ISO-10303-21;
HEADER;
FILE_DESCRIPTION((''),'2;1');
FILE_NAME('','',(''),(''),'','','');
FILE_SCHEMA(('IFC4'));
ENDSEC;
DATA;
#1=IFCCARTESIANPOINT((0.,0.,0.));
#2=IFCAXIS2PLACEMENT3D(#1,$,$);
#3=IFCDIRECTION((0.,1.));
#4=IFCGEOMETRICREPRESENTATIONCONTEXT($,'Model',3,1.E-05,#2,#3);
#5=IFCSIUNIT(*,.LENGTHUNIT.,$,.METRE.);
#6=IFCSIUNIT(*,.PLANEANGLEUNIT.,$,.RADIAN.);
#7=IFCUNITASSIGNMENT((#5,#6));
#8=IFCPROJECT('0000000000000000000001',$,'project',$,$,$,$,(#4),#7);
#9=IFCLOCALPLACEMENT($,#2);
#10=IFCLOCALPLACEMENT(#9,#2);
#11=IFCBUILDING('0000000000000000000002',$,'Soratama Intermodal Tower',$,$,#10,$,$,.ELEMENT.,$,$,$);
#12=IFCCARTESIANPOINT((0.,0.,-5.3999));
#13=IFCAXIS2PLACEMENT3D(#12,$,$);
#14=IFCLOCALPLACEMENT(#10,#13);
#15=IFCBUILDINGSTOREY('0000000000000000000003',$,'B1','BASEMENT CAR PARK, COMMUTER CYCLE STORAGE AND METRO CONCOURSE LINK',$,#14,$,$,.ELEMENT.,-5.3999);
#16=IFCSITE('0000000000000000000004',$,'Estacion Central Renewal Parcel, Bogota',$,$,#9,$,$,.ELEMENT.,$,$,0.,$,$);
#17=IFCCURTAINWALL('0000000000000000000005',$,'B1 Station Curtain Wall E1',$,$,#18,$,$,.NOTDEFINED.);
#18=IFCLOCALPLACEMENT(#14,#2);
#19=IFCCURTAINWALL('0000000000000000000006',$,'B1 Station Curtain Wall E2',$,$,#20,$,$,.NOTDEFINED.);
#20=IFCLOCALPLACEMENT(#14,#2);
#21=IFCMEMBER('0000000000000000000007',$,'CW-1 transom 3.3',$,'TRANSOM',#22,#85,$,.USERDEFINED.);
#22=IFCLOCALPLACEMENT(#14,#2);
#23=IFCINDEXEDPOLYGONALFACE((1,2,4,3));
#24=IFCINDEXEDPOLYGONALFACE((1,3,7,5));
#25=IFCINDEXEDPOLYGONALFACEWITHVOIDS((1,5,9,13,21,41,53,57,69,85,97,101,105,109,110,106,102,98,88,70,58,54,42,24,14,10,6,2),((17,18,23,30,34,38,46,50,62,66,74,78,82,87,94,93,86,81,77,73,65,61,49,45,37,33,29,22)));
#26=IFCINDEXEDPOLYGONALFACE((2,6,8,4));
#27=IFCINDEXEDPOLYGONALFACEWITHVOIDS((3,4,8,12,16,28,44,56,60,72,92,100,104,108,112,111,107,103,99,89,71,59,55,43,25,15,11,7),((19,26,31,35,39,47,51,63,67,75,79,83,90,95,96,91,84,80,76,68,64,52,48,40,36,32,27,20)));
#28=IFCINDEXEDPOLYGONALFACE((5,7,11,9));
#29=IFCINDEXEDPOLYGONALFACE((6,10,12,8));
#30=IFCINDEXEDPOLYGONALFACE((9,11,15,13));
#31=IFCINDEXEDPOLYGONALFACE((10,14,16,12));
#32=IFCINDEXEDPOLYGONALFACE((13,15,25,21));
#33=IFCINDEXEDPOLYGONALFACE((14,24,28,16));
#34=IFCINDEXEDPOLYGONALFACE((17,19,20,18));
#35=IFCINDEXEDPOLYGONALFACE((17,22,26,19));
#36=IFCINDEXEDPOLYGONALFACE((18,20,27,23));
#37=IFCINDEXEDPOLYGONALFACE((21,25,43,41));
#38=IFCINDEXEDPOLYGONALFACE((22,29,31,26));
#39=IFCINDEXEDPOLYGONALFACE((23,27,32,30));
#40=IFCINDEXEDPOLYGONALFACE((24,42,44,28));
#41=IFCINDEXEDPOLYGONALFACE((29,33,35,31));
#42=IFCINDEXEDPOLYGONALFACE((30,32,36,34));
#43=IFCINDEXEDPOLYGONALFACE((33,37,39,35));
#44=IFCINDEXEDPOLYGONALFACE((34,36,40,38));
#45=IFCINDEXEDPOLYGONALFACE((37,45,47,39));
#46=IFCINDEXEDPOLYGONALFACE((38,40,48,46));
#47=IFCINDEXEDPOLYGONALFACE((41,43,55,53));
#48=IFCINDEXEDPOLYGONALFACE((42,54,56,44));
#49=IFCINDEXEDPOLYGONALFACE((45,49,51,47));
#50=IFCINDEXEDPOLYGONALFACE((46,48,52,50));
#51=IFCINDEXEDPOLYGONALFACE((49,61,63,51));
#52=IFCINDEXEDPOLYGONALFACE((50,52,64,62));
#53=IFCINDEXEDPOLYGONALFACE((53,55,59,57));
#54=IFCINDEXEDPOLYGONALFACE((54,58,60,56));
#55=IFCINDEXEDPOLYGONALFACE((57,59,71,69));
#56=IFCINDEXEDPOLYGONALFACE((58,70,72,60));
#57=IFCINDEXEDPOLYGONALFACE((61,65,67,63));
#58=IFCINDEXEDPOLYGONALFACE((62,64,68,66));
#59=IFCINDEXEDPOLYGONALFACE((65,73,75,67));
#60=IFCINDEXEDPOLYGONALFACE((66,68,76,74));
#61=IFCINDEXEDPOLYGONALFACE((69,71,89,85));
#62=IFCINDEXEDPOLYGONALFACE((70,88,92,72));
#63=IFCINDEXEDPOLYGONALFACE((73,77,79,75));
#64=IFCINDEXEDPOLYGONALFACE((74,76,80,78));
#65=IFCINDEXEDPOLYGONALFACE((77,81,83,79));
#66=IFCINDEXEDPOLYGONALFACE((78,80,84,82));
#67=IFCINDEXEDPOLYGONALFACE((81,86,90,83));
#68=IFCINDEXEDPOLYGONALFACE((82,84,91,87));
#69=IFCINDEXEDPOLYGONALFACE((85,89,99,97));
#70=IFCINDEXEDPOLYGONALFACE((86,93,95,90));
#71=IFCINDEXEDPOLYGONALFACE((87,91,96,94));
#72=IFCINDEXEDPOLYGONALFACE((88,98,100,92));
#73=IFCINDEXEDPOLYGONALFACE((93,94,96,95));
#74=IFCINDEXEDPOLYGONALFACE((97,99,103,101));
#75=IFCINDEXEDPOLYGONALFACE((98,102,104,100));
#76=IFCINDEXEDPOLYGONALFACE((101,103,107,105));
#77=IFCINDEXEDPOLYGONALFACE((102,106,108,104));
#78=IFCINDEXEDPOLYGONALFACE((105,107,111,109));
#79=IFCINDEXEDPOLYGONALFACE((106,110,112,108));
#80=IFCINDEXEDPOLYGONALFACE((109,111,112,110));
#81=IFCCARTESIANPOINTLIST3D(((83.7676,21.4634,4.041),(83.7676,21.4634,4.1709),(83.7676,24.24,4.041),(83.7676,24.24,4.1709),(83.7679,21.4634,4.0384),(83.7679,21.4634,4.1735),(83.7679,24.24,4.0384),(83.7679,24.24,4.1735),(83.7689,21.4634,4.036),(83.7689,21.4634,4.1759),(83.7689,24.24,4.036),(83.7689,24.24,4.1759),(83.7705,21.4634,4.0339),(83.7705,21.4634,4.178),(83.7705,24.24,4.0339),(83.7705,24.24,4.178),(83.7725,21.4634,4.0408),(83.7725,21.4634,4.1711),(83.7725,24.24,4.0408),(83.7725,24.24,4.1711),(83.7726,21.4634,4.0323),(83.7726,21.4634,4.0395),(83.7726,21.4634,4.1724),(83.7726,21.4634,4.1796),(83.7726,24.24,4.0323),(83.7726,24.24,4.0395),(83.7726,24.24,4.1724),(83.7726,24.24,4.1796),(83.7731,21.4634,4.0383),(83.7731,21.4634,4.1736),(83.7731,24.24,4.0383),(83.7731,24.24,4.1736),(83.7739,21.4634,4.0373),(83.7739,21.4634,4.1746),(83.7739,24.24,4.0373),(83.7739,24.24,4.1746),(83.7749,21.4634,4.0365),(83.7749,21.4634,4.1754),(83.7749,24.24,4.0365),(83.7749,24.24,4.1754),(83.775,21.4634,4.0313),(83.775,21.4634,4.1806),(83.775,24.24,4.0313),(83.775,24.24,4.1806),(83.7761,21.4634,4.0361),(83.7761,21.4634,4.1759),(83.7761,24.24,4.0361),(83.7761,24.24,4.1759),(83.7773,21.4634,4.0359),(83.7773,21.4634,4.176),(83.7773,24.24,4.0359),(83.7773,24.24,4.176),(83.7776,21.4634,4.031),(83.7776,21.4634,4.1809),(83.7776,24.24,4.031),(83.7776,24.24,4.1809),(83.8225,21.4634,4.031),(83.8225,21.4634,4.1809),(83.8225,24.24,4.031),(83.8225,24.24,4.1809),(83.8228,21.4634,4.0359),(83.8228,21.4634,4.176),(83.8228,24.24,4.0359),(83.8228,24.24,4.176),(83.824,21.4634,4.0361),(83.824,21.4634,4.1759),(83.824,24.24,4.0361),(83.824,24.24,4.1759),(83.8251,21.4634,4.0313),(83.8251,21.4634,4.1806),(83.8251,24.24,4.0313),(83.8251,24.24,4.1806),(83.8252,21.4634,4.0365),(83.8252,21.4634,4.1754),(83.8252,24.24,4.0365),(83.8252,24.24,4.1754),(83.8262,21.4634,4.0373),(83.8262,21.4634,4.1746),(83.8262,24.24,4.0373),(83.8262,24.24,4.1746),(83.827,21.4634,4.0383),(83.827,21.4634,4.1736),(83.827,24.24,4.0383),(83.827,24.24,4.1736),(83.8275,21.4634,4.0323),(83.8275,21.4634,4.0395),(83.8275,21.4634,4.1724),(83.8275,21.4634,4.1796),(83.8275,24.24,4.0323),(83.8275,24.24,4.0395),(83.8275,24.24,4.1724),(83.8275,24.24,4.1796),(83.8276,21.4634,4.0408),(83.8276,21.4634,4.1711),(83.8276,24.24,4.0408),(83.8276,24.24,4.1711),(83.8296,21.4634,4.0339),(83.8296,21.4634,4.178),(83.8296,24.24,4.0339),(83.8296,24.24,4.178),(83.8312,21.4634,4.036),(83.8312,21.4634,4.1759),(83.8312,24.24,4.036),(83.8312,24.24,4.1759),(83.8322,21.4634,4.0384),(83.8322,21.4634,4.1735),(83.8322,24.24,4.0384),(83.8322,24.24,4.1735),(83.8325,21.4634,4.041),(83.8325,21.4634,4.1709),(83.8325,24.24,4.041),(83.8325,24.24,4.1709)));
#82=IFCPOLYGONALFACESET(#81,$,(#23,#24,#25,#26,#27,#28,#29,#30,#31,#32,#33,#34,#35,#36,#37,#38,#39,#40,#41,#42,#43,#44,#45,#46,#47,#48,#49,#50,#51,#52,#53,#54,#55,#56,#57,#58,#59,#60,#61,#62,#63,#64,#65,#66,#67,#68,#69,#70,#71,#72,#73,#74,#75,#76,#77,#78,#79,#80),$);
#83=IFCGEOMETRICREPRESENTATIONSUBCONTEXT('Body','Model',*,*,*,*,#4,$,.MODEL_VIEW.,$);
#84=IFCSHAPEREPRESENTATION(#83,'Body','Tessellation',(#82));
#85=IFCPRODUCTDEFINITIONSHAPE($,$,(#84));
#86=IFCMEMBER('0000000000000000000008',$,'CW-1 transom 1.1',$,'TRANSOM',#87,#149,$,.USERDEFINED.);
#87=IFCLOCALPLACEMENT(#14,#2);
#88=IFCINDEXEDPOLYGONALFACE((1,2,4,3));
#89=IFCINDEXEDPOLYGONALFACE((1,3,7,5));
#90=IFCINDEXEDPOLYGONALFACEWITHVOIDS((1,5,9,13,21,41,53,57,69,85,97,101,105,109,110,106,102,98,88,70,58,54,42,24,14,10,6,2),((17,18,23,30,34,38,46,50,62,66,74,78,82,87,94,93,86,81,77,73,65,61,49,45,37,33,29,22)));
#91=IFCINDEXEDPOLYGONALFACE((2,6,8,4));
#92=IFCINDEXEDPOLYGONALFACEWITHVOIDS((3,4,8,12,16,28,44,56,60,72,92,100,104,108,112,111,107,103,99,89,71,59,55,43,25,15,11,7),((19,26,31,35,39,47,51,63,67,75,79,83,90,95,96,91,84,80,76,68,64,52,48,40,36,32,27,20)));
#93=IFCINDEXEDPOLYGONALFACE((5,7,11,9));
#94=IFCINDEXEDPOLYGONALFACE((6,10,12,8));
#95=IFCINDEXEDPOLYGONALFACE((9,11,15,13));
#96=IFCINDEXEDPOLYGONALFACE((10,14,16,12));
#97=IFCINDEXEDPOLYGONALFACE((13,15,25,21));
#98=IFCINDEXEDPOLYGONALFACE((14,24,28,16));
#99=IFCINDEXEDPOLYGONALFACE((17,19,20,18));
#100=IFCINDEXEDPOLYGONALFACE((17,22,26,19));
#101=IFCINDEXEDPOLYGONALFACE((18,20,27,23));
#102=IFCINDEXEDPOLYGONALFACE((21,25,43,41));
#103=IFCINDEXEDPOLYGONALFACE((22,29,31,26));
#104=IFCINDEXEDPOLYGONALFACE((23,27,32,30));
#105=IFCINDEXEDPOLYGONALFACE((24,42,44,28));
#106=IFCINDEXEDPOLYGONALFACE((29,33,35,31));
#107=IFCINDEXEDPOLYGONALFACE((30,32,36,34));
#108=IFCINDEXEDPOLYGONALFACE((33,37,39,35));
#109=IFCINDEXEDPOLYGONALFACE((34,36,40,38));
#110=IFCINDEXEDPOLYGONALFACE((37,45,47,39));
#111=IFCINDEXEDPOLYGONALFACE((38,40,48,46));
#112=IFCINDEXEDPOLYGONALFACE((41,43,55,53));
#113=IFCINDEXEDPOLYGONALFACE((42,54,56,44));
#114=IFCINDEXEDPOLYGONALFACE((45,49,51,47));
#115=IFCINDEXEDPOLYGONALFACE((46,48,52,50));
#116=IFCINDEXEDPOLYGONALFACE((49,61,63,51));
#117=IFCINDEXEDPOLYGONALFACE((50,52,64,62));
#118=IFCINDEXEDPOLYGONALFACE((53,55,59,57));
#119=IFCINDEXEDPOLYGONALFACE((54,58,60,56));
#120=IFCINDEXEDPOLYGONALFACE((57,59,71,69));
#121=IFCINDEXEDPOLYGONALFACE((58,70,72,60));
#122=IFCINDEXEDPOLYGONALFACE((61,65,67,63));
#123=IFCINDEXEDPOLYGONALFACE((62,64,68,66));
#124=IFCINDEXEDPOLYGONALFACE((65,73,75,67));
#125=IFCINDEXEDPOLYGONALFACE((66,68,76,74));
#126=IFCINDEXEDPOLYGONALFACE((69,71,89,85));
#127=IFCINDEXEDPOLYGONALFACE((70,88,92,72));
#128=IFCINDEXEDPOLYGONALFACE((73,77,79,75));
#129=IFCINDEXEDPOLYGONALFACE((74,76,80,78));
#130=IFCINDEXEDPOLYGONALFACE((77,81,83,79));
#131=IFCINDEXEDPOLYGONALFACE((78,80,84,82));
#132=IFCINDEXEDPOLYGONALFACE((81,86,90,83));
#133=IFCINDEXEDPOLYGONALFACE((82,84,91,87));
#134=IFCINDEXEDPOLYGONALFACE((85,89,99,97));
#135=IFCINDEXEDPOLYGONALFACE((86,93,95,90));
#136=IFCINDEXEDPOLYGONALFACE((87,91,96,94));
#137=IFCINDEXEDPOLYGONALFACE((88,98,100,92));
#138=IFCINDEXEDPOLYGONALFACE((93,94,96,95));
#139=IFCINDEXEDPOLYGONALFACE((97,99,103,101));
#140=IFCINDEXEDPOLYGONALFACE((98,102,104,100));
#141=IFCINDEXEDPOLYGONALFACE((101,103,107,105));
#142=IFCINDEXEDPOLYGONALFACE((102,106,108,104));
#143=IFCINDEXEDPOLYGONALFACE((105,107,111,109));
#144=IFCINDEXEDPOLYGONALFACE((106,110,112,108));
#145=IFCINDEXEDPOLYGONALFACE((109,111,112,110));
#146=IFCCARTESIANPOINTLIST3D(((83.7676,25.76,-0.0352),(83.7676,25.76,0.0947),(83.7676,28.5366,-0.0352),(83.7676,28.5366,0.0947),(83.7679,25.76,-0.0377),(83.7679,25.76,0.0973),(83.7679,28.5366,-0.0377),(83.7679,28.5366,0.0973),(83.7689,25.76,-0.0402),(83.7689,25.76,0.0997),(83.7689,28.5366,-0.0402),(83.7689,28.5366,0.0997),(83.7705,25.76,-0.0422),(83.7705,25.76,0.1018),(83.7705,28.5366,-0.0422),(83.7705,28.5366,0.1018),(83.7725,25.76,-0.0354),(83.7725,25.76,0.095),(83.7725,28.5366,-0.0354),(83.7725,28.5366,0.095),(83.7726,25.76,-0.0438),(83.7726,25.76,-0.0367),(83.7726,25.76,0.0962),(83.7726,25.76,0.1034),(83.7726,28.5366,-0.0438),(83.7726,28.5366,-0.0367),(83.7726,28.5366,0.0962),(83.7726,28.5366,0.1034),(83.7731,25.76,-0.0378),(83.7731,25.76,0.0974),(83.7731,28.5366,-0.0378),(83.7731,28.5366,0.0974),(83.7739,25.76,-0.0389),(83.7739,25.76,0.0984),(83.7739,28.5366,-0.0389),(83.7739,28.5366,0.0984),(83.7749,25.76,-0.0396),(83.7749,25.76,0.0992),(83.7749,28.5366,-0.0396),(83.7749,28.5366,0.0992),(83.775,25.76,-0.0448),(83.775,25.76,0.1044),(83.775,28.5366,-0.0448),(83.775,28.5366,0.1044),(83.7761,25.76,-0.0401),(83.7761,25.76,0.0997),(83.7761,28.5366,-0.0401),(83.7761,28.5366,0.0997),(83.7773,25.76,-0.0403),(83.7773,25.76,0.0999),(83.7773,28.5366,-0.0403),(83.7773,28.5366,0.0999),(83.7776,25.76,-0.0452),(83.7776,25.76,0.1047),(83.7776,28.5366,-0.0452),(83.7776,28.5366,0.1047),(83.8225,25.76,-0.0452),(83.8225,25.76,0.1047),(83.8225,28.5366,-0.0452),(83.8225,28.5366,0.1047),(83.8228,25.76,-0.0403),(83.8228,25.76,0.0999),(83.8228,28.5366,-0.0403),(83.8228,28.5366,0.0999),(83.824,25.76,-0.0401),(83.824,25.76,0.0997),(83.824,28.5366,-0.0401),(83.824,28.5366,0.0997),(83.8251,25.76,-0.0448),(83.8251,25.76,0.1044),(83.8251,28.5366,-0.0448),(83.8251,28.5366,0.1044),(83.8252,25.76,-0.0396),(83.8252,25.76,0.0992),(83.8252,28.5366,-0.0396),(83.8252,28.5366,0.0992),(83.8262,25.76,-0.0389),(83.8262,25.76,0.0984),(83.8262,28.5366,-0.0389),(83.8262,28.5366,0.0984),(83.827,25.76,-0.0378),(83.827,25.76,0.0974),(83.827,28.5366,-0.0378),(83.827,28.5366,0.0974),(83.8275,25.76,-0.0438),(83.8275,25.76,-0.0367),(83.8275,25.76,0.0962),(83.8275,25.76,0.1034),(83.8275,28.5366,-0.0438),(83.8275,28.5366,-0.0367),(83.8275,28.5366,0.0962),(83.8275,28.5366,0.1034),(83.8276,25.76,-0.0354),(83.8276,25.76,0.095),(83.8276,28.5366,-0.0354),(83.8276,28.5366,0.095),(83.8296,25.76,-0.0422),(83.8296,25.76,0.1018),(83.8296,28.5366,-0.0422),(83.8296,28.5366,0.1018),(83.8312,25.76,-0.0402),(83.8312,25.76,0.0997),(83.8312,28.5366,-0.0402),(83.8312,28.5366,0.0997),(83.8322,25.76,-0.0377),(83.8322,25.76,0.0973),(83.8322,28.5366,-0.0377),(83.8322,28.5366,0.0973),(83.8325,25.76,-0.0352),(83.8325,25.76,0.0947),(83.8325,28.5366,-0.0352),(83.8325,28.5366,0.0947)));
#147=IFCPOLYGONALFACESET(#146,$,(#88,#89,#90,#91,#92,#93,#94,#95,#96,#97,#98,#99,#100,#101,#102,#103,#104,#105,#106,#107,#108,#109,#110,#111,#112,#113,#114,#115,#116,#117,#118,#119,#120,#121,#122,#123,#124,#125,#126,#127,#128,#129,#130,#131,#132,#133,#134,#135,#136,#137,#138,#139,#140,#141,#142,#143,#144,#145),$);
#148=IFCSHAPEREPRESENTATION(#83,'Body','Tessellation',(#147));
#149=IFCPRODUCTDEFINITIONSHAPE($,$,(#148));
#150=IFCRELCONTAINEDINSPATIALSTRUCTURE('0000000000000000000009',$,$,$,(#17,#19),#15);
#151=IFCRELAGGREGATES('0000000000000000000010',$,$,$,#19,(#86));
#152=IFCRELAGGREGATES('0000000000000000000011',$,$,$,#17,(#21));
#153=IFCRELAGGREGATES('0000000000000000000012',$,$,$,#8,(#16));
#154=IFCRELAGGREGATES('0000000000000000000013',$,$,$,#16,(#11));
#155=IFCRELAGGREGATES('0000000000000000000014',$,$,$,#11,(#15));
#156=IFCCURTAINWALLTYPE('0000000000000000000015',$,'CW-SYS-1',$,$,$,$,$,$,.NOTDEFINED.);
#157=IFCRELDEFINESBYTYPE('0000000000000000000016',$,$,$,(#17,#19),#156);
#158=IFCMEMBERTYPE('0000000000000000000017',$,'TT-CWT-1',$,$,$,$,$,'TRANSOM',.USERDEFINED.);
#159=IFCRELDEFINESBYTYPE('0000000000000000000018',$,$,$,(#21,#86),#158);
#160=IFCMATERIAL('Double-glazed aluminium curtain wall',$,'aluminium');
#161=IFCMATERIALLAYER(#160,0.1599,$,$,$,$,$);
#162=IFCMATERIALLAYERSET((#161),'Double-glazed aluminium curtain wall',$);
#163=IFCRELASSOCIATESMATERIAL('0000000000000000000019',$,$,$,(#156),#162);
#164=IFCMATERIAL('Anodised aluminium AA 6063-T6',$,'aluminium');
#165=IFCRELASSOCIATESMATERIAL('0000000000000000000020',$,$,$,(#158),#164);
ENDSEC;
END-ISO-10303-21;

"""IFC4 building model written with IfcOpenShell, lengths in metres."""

from ifc_helpers import new_model, si_unit, direction, frame, origin, origin_2d, place, context, subcontext, project, spatial, hollow_rectangle, extrude, material, layer, layer_set, material_profile, profile_set, type_object, element, aggregate, save


model = new_model("IFC4")

# Units and contexts
model_context = context("Model", 3, precision=1e-05, world=origin(), true_north=direction((0.0, 1.0)))
body_context = subcontext(model_context, "Body", "Model", "MODEL_VIEW")
ifc_project = project(units=[si_unit("LENGTHUNIT", "METRE"), si_unit("PLANEANGLEUNIT", "RADIAN")], contexts=[model_context])

# Site, building, storey
site_placement = place(None, origin())
site = spatial("IfcSite", under=ifc_project, at=site_placement, Name="Estacion Central Renewal Parcel, Bogota", CompositionType="ELEMENT", RefElevation=0.0)
building_placement = place(site_placement, origin())
building = spatial("IfcBuilding", under=site, at=building_placement, Name="Soratama Intermodal Tower", CompositionType="ELEMENT")
storey_placement = place(building_placement, frame((0.0, 0.0, -5.3999)))
storey = spatial("IfcBuildingStorey", under=building, at=storey_placement, Name="B1", Description="BASEMENT CAR PARK, COMMUTER CYCLE STORAGE AND METRO CONCOURSE LINK", CompositionType="ELEMENT", Elevation=-5.3999)

# Curtain wall
ifc_material_1 = material(Name="Double-glazed aluminium curtain wall", Category="aluminium")
ifc_layer_1 = layer(ifc_material_1, 0.1599)
ifc_layer_set_1 = layer_set([ifc_layer_1], Name="Double-glazed aluminium curtain wall")
curtain_wall_type = type_object("IfcCurtainWallType", Name="CW-SYS-1", PredefinedType="NOTDEFINED", material=ifc_layer_set_1)
curtain_wall_1_placement = place(storey_placement, origin())
curtain_wall_1 = element("IfcCurtainWall", 1, at=curtain_wall_1_placement, inside=storey, type_object=curtain_wall_type, Name="B1 Station Curtain Wall E1", PredefinedType="NOTDEFINED")

# Curtain wall
curtain_wall_2_placement = place(storey_placement, origin())
curtain_wall_2 = element("IfcCurtainWall", 2, at=curtain_wall_2_placement, inside=storey, type_object=curtain_wall_type, Name="B1 Station Curtain Wall E2", PredefinedType="NOTDEFINED")

# Members
ifc_material_2 = material(Name="Anodised aluminium AA 6063-T6", Category="aluminium")
ifc_material_profile_1 = material_profile(ifc_material_2, hollow_rectangle(XDim=0.0649, YDim=0.1499, WallThickness=0.0049, InnerFilletRadius=0.0049, OuterFilletRadius=0.01, at=origin_2d()), Name="CWT150X65X5")
ifc_profile_set_1 = profile_set([ifc_material_profile_1], Name="Anodised aluminium AA 6063-T6")
member_type_1 = type_object("IfcMemberType", Name="TT-CWT-1", ElementType="TRANSOM", PredefinedType="USERDEFINED", material=ifc_profile_set_1)
member_1_placement = place(storey_placement, frame((83.8, 21.4634, 4.106), z_axis=(0.0, 1.0, 0.0), x_axis=(-1.0, 0.0, 0.0)))
member_1 = element("IfcMember", 3, at=member_1_placement, type_object=member_type_1, Name="CW-1 transom 3.3", ObjectType="TRANSOM", PredefinedType="USERDEFINED", context=body_context, shape_type="SweptSolid", body=[
    extrude(hollow_rectangle(XDim=0.0649, YDim=0.1499, WallThickness=0.0049, InnerFilletRadius=0.0049, OuterFilletRadius=0.01, at=origin_2d()), origin(), (0.0, 0.0, 1.0), 2.7766),
])
member_2_placement = place(storey_placement, frame((83.8, 25.76, 0.0298), z_axis=(0.0, 1.0, 0.0), x_axis=(-1.0, 0.0, 0.0)))
member_2 = element("IfcMember", 4, at=member_2_placement, type_object=member_type_1, Name="CW-1 transom 1.1", ObjectType="TRANSOM", PredefinedType="USERDEFINED", context=body_context, shape_type="SweptSolid", body=[
    extrude(hollow_rectangle(XDim=0.0649, YDim=0.1499, WallThickness=0.0049, InnerFilletRadius=0.0049, OuterFilletRadius=0.01, at=origin_2d()), origin(), (0.0, 0.0, 1.0), 2.7766),
])
aggregate(curtain_wall_2, [member_2])

aggregate(curtain_wall_1, [member_1])

save(model, "model.ifc")
